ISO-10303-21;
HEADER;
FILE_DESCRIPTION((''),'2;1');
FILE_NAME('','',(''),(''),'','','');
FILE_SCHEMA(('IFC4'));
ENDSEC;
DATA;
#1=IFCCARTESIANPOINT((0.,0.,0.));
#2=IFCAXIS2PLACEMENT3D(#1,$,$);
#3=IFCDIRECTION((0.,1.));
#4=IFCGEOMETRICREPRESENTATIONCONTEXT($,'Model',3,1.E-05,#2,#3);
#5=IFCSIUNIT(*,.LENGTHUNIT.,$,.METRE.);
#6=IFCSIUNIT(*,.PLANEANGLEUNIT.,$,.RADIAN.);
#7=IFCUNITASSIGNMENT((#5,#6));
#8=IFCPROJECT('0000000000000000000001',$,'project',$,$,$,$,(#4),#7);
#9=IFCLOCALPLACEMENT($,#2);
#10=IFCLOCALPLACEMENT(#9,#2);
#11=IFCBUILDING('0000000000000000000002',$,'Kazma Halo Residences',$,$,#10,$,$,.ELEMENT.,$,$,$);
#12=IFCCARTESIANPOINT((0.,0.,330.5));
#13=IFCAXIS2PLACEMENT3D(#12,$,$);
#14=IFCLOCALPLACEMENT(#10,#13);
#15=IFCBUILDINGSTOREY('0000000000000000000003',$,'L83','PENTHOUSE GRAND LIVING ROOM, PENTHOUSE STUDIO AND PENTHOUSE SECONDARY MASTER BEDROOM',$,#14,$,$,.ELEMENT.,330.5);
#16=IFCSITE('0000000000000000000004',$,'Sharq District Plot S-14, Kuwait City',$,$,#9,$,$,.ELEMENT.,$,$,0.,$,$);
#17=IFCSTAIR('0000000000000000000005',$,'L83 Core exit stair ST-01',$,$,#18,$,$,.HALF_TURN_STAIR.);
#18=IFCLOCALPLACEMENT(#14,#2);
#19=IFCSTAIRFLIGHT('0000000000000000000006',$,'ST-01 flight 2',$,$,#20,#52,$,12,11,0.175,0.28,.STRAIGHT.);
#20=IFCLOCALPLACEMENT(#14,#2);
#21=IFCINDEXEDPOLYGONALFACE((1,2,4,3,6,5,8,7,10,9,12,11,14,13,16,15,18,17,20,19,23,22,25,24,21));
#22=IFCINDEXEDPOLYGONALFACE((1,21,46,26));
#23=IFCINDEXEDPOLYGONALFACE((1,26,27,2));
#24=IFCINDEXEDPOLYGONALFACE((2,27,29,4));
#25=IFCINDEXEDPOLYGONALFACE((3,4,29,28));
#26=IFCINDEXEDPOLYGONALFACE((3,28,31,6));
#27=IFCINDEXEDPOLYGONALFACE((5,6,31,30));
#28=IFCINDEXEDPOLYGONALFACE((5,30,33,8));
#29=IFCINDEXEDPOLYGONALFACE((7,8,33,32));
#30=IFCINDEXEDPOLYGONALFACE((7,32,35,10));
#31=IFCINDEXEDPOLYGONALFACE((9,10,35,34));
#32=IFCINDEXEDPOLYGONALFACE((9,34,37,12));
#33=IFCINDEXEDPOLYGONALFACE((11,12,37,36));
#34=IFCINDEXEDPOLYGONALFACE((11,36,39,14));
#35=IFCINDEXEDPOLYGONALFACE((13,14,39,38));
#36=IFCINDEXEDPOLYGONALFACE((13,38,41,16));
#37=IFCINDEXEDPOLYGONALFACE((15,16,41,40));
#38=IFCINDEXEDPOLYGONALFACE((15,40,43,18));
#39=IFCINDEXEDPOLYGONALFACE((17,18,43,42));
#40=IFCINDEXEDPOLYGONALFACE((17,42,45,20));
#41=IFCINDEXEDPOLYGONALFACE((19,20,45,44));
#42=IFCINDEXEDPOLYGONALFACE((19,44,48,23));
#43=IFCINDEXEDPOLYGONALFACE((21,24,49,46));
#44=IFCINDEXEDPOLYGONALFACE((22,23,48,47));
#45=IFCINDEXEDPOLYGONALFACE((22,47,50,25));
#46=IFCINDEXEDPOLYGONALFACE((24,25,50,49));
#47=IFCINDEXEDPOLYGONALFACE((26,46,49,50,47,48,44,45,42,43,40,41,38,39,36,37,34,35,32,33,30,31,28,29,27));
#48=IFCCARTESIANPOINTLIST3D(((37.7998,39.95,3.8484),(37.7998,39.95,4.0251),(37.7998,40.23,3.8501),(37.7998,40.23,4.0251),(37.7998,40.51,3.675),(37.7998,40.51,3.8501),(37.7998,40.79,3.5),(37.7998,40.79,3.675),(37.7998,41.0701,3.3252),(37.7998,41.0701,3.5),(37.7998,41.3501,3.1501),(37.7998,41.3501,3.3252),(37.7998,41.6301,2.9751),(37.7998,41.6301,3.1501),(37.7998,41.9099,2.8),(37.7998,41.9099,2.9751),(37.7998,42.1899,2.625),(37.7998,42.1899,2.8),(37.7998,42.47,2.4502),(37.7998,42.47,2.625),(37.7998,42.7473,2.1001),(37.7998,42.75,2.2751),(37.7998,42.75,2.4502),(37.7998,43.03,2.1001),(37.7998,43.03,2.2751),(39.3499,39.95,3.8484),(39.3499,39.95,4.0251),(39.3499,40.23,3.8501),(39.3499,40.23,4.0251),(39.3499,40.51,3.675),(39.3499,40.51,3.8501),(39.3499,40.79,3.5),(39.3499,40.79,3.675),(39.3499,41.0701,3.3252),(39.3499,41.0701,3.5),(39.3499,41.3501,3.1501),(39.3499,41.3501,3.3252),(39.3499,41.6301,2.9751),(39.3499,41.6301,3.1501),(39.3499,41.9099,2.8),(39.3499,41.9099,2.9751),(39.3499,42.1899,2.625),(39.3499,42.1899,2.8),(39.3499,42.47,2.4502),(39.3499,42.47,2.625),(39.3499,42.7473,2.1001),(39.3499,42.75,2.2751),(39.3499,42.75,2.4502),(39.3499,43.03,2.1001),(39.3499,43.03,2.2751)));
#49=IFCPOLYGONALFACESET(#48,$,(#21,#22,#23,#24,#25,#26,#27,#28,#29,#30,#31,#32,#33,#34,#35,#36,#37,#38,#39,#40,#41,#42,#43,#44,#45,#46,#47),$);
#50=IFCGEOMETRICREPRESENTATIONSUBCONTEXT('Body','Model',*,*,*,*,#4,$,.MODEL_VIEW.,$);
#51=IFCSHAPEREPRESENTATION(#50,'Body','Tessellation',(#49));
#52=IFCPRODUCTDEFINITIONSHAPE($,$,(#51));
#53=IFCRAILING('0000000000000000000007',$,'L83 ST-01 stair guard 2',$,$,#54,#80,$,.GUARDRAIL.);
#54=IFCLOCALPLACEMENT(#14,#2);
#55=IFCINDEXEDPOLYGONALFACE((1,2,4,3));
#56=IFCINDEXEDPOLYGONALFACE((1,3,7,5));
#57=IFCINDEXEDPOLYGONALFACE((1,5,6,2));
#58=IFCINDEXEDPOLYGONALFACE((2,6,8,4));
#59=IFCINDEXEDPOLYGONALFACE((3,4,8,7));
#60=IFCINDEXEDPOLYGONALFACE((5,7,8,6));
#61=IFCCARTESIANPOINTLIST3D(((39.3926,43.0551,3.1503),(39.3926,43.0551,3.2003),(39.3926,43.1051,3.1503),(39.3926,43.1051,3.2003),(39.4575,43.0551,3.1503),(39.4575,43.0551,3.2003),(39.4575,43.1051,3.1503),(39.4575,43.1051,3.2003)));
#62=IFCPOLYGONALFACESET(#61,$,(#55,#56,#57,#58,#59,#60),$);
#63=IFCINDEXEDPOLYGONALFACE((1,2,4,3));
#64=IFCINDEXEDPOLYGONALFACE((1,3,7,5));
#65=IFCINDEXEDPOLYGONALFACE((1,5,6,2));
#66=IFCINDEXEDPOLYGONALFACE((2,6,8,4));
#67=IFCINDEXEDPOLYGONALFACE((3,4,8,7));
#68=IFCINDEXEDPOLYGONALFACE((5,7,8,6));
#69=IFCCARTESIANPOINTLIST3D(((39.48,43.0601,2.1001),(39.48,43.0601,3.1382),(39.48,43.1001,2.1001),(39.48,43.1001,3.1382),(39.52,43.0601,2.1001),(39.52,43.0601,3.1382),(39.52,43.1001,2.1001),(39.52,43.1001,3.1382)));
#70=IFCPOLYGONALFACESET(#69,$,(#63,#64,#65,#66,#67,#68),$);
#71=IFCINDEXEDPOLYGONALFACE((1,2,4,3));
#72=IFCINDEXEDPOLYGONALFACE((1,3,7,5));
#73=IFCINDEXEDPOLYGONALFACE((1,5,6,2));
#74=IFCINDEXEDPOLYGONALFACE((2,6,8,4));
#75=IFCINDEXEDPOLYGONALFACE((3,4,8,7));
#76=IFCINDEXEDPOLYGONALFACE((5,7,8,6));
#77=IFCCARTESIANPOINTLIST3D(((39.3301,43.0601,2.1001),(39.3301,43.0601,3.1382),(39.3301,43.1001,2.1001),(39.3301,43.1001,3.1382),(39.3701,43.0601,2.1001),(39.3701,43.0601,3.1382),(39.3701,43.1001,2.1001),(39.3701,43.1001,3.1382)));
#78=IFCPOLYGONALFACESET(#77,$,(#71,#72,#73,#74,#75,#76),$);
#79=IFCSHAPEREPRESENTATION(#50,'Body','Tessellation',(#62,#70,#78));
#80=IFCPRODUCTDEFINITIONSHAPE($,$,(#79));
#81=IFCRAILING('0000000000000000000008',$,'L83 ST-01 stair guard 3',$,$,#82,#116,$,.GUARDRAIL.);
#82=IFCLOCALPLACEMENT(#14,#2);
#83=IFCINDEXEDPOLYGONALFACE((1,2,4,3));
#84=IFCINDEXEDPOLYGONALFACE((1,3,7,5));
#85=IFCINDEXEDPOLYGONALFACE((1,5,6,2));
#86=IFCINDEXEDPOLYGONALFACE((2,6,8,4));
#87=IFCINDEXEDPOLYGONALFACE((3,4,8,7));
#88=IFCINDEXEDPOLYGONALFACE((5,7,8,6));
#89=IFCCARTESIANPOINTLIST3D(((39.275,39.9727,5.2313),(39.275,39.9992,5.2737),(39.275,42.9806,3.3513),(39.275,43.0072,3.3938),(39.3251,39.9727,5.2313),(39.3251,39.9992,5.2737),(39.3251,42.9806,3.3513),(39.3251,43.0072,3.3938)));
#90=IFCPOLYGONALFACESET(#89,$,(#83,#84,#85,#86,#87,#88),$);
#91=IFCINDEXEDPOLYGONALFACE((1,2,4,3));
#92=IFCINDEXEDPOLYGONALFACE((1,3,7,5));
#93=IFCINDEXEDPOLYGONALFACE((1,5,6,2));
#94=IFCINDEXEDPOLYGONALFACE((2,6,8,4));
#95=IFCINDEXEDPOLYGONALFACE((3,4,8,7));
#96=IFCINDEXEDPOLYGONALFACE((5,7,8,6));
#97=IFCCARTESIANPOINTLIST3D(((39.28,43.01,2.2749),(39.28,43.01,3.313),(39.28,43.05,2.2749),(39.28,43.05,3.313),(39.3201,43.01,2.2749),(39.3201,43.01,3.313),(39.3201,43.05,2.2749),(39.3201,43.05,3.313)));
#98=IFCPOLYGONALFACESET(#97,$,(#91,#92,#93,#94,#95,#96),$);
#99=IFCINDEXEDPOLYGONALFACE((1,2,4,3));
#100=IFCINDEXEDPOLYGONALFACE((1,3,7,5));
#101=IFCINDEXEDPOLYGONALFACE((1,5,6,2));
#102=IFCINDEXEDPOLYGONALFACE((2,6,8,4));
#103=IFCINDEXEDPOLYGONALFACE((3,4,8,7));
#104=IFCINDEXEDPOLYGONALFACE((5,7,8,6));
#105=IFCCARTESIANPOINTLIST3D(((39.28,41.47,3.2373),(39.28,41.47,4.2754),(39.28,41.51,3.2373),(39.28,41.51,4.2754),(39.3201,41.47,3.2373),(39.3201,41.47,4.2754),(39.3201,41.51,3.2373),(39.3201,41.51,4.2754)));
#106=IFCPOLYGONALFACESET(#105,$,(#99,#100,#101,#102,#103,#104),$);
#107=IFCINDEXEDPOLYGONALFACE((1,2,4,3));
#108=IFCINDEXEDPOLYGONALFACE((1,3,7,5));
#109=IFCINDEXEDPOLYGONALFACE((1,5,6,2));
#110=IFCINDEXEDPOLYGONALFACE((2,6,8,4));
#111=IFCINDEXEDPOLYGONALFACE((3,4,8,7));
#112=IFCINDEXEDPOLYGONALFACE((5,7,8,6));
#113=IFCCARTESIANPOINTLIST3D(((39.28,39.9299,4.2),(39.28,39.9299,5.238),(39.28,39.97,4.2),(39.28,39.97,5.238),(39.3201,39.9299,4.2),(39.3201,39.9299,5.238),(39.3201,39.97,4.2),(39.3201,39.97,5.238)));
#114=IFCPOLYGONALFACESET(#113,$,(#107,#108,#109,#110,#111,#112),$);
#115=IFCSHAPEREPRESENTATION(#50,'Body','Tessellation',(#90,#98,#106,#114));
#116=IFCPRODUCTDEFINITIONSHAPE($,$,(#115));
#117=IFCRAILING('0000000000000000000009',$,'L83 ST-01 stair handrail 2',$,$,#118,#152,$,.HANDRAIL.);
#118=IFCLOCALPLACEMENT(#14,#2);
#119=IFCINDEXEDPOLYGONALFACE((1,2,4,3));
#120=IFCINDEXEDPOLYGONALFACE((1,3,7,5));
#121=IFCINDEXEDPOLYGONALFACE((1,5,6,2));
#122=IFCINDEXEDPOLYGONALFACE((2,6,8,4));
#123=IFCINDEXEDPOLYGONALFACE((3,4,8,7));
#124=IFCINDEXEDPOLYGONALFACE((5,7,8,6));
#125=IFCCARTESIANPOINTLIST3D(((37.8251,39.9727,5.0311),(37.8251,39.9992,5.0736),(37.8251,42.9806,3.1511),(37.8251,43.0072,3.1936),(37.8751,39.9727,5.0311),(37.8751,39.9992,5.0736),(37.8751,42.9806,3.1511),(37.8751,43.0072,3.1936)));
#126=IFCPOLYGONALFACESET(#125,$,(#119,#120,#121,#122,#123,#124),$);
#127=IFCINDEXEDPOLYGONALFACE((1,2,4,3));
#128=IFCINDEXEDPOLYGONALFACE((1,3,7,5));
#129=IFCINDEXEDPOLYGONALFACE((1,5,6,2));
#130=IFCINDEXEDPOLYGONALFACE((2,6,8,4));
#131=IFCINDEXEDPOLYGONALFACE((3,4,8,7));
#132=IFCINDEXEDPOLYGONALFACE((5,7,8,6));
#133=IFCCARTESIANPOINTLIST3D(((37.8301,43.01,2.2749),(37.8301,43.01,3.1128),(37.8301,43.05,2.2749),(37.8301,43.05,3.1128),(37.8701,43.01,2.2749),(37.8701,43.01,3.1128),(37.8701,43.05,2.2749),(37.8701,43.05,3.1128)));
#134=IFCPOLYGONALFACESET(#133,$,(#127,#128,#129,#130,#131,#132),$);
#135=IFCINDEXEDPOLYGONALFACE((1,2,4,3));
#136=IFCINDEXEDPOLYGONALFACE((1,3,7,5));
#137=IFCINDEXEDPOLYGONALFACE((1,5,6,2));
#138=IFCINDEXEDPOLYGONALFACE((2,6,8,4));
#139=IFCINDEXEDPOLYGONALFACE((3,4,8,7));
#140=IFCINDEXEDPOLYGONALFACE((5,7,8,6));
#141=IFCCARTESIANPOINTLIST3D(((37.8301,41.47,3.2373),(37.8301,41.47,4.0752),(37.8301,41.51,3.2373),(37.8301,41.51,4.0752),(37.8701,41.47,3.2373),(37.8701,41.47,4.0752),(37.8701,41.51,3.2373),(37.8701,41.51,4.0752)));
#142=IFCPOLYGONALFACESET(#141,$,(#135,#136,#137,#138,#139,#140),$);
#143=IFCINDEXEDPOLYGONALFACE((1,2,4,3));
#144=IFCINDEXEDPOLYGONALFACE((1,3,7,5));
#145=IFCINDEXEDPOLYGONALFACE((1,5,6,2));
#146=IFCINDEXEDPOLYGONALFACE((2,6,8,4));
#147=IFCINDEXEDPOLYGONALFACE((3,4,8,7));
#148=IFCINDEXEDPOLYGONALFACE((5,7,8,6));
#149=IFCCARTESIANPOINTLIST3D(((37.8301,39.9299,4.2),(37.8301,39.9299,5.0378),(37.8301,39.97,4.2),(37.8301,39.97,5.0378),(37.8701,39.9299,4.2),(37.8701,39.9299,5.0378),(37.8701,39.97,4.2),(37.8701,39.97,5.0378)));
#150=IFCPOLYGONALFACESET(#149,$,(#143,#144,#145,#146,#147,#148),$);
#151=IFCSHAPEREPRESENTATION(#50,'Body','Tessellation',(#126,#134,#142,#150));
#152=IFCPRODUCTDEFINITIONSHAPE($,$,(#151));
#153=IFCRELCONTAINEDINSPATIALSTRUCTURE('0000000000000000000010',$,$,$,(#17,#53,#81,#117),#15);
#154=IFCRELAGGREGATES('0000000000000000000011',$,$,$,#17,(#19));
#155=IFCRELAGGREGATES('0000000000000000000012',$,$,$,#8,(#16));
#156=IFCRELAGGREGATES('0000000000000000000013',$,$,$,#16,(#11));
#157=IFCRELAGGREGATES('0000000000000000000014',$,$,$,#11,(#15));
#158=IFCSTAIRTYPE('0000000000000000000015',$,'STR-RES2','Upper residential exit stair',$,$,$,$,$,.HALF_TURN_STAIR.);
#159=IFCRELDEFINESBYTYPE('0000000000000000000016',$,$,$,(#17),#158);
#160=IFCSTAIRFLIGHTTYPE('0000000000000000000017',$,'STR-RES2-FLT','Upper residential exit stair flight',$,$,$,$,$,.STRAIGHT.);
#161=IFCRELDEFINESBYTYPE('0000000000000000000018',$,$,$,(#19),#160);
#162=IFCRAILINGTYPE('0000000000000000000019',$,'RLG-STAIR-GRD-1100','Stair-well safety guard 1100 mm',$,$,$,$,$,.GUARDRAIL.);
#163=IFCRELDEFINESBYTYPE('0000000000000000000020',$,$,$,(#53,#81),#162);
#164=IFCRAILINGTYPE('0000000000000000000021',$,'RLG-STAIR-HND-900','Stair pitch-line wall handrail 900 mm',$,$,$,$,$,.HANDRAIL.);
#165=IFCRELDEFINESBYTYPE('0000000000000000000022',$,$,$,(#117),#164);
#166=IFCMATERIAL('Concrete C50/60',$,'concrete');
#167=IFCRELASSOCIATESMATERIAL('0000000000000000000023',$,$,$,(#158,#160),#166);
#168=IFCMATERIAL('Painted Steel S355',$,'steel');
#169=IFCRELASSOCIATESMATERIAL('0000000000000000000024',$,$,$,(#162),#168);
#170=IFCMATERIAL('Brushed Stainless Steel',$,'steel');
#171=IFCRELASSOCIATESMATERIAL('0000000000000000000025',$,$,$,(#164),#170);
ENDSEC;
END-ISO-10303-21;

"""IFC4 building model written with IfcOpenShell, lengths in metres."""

from ifc_helpers import new_model, si_unit, direction, frame, origin, origin_2d, place, context, subcontext, project, spatial, polyline, rectangle, outline, extrude, material, type_object, element, aggregate, save


model = new_model("IFC4")

# Units and contexts
model_context = context("Model", 3, precision=1e-05, world=origin(), true_north=direction((0.0, 1.0)))
body_context = subcontext(model_context, "Body", "Model", "MODEL_VIEW")
ifc_project = project(units=[si_unit("LENGTHUNIT", "METRE"), si_unit("PLANEANGLEUNIT", "RADIAN")], contexts=[model_context])

# Site, building, storey
site_placement = place(None, origin())
site = spatial("IfcSite", under=ifc_project, at=site_placement, Name="Sharq District Plot S-14, Kuwait City", CompositionType="ELEMENT", RefElevation=0.0)
building_placement = place(site_placement, origin())
building = spatial("IfcBuilding", under=site, at=building_placement, Name="Kazma Halo Residences", CompositionType="ELEMENT")
storey_placement = place(building_placement, frame((0.0, 0.0, 330.5)))
storey = spatial("IfcBuildingStorey", under=building, at=storey_placement, Name="L83", Description="PENTHOUSE GRAND LIVING ROOM, PENTHOUSE STUDIO AND PENTHOUSE SECONDARY MASTER BEDROOM", CompositionType="ELEMENT", Elevation=330.5)

# Stair, stair flight
ifc_material_1 = material(Name="Concrete C50/60", Category="concrete")
stair_type = type_object("IfcStairType", Name="STR-RES2", Description="Upper residential exit stair", PredefinedType="HALF_TURN_STAIR", material=ifc_material_1)
stair_placement = place(storey_placement, origin())
stair = element("IfcStair", 1, at=stair_placement, inside=storey, type_object=stair_type, Name="L83 Core exit stair ST-01", PredefinedType="HALF_TURN_STAIR")
stair_flight_type = type_object("IfcStairFlightType", Name="STR-RES2-FLT", Description="Upper residential exit stair flight", PredefinedType="STRAIGHT", material=ifc_material_1)
stair_flight_placement = place(storey_placement, frame((38.575, 43.03, 2.1001), z_axis=(0.0, 0.0, 1.0), x_axis=(0.0, -1.0, 0.0)))
stair_flight = element("IfcStairFlight", 2, at=stair_flight_placement, type_object=stair_flight_type, Name="ST-01 flight 2", NumberOfRisers=12, NumberOfTreads=11, PredefinedType="STRAIGHT", RiserHeight=0.175, TreadLength=0.28, context=body_context, shape_type="SweptSolid", body=[
    extrude(outline(polyline([(0.0, 0.0), (0.0, 0.175), (0.28, 0.175), (0.28, 0.3501), (0.5601, 0.3501), (0.5601, 0.5249), (0.8401, 0.5249), (0.8401, 0.7), (1.1201, 0.7), (1.1201, 0.875), (1.3999, 0.875), (1.3999, 1.05), (1.6799, 1.05), (1.6799, 1.2251), (1.96, 1.2251), (1.96, 1.3999), (2.24, 1.3999), (2.24, 1.575), (2.52, 1.575), (2.52, 1.75), (2.8, 1.75), (2.8, 1.925), (3.0801, 1.925), (3.0801, 2.1001), (3.0801, 1.7483), (0.2827, 0.0), (0.0, 0.0)])), frame((0.0, 0.7749, 0.0), z_axis=(0.0, -1.0, 0.0), x_axis=(1.0, 0.0, 0.0)), (0.0, 0.0, 1.0), 1.55),
])
aggregate(stair, [stair_flight])

# Railings
ifc_material_2 = material(Name="Painted Steel S355", Category="steel")
railing_type_1 = type_object("IfcRailingType", Name="RLG-STAIR-GRD-1100", Description="Stair-well safety guard 1100 mm", PredefinedType="GUARDRAIL", material=ifc_material_2)
railing_1_placement = place(storey_placement, frame((39.5, 43.0801, 2.1001)))
element("IfcRailing", 3, at=railing_1_placement, inside=storey, type_object=railing_type_1, Name="L83 ST-01 stair guard 2", PredefinedType="GUARDRAIL", context=body_context, shape_type="SweptSolid", body=[
    extrude(rectangle(XDim=0.05, YDim=0.05, at=origin_2d()), frame((-0.0425, 0.0, 1.0752), z_axis=(-1.0, 0.0, 0.0), x_axis=(0.0, -1.0, 0.0)), (0.0, 0.0, 1.0), 0.0649),
    extrude(rectangle(XDim=0.04, YDim=0.04, at=origin_2d()), origin(), (0.0, 0.0, 1.0), 1.0381),
    extrude(rectangle(XDim=0.04, YDim=0.04, at=origin_2d()), frame((-0.1499, 0.0, 0.0)), (0.0, 0.0, 1.0), 1.0381),
])
railing_2_placement = place(storey_placement, frame((39.3, 43.03, 2.2749)))
element("IfcRailing", 4, at=railing_2_placement, inside=storey, type_object=railing_type_1, Name="L83 ST-01 stair guard 3", PredefinedType="GUARDRAIL", context=body_context, shape_type="SweptSolid", body=[
    extrude(rectangle(XDim=0.05, YDim=0.05, at=origin_2d()), frame((0.0, -0.0361, 1.0977), z_axis=(0.0, -0.847998, 0.529999), x_axis=(1.0, 0.0, 0.0)), (0.0, 0.0, 1.0), 3.5471),
    extrude(rectangle(XDim=0.04, YDim=0.04, at=origin_2d()), origin(), (0.0, 0.0, 1.0), 1.0381),
    extrude(rectangle(XDim=0.04, YDim=0.04, at=origin_2d()), frame((0.0, -1.54, 0.9624)), (0.0, 0.0, 1.0), 1.0381),
    extrude(rectangle(XDim=0.04, YDim=0.04, at=origin_2d()), frame((0.0, -3.0801, 1.925)), (0.0, 0.0, 1.0), 1.0381),
])
ifc_material_3 = material(Name="Brushed Stainless Steel", Category="steel")
railing_type_2 = type_object("IfcRailingType", Name="RLG-STAIR-HND-900", Description="Stair pitch-line wall handrail 900 mm", PredefinedType="HANDRAIL", material=ifc_material_3)
railing_3_placement = place(storey_placement, frame((37.8501, 43.03, 2.2749)))
element("IfcRailing", 5, at=railing_3_placement, inside=storey, type_object=railing_type_2, Name="L83 ST-01 stair handrail 2", PredefinedType="HANDRAIL", context=body_context, shape_type="SweptSolid", body=[
    extrude(rectangle(XDim=0.05, YDim=0.05, at=origin_2d()), frame((0.0, -0.0361, 0.8975), z_axis=(0.0, -0.847998, 0.529999), x_axis=(1.0, 0.0, 0.0)), (0.0, 0.0, 1.0), 3.5471),
    extrude(rectangle(XDim=0.04, YDim=0.04, at=origin_2d()), origin(), (0.0, 0.0, 1.0), 0.8379),
    extrude(rectangle(XDim=0.04, YDim=0.04, at=origin_2d()), frame((0.0, -1.54, 0.9624)), (0.0, 0.0, 1.0), 0.8379),
    extrude(rectangle(XDim=0.04, YDim=0.04, at=origin_2d()), frame((0.0, -3.0801, 1.925)), (0.0, 0.0, 1.0), 0.8379),
])

save(model, "model.ifc")
